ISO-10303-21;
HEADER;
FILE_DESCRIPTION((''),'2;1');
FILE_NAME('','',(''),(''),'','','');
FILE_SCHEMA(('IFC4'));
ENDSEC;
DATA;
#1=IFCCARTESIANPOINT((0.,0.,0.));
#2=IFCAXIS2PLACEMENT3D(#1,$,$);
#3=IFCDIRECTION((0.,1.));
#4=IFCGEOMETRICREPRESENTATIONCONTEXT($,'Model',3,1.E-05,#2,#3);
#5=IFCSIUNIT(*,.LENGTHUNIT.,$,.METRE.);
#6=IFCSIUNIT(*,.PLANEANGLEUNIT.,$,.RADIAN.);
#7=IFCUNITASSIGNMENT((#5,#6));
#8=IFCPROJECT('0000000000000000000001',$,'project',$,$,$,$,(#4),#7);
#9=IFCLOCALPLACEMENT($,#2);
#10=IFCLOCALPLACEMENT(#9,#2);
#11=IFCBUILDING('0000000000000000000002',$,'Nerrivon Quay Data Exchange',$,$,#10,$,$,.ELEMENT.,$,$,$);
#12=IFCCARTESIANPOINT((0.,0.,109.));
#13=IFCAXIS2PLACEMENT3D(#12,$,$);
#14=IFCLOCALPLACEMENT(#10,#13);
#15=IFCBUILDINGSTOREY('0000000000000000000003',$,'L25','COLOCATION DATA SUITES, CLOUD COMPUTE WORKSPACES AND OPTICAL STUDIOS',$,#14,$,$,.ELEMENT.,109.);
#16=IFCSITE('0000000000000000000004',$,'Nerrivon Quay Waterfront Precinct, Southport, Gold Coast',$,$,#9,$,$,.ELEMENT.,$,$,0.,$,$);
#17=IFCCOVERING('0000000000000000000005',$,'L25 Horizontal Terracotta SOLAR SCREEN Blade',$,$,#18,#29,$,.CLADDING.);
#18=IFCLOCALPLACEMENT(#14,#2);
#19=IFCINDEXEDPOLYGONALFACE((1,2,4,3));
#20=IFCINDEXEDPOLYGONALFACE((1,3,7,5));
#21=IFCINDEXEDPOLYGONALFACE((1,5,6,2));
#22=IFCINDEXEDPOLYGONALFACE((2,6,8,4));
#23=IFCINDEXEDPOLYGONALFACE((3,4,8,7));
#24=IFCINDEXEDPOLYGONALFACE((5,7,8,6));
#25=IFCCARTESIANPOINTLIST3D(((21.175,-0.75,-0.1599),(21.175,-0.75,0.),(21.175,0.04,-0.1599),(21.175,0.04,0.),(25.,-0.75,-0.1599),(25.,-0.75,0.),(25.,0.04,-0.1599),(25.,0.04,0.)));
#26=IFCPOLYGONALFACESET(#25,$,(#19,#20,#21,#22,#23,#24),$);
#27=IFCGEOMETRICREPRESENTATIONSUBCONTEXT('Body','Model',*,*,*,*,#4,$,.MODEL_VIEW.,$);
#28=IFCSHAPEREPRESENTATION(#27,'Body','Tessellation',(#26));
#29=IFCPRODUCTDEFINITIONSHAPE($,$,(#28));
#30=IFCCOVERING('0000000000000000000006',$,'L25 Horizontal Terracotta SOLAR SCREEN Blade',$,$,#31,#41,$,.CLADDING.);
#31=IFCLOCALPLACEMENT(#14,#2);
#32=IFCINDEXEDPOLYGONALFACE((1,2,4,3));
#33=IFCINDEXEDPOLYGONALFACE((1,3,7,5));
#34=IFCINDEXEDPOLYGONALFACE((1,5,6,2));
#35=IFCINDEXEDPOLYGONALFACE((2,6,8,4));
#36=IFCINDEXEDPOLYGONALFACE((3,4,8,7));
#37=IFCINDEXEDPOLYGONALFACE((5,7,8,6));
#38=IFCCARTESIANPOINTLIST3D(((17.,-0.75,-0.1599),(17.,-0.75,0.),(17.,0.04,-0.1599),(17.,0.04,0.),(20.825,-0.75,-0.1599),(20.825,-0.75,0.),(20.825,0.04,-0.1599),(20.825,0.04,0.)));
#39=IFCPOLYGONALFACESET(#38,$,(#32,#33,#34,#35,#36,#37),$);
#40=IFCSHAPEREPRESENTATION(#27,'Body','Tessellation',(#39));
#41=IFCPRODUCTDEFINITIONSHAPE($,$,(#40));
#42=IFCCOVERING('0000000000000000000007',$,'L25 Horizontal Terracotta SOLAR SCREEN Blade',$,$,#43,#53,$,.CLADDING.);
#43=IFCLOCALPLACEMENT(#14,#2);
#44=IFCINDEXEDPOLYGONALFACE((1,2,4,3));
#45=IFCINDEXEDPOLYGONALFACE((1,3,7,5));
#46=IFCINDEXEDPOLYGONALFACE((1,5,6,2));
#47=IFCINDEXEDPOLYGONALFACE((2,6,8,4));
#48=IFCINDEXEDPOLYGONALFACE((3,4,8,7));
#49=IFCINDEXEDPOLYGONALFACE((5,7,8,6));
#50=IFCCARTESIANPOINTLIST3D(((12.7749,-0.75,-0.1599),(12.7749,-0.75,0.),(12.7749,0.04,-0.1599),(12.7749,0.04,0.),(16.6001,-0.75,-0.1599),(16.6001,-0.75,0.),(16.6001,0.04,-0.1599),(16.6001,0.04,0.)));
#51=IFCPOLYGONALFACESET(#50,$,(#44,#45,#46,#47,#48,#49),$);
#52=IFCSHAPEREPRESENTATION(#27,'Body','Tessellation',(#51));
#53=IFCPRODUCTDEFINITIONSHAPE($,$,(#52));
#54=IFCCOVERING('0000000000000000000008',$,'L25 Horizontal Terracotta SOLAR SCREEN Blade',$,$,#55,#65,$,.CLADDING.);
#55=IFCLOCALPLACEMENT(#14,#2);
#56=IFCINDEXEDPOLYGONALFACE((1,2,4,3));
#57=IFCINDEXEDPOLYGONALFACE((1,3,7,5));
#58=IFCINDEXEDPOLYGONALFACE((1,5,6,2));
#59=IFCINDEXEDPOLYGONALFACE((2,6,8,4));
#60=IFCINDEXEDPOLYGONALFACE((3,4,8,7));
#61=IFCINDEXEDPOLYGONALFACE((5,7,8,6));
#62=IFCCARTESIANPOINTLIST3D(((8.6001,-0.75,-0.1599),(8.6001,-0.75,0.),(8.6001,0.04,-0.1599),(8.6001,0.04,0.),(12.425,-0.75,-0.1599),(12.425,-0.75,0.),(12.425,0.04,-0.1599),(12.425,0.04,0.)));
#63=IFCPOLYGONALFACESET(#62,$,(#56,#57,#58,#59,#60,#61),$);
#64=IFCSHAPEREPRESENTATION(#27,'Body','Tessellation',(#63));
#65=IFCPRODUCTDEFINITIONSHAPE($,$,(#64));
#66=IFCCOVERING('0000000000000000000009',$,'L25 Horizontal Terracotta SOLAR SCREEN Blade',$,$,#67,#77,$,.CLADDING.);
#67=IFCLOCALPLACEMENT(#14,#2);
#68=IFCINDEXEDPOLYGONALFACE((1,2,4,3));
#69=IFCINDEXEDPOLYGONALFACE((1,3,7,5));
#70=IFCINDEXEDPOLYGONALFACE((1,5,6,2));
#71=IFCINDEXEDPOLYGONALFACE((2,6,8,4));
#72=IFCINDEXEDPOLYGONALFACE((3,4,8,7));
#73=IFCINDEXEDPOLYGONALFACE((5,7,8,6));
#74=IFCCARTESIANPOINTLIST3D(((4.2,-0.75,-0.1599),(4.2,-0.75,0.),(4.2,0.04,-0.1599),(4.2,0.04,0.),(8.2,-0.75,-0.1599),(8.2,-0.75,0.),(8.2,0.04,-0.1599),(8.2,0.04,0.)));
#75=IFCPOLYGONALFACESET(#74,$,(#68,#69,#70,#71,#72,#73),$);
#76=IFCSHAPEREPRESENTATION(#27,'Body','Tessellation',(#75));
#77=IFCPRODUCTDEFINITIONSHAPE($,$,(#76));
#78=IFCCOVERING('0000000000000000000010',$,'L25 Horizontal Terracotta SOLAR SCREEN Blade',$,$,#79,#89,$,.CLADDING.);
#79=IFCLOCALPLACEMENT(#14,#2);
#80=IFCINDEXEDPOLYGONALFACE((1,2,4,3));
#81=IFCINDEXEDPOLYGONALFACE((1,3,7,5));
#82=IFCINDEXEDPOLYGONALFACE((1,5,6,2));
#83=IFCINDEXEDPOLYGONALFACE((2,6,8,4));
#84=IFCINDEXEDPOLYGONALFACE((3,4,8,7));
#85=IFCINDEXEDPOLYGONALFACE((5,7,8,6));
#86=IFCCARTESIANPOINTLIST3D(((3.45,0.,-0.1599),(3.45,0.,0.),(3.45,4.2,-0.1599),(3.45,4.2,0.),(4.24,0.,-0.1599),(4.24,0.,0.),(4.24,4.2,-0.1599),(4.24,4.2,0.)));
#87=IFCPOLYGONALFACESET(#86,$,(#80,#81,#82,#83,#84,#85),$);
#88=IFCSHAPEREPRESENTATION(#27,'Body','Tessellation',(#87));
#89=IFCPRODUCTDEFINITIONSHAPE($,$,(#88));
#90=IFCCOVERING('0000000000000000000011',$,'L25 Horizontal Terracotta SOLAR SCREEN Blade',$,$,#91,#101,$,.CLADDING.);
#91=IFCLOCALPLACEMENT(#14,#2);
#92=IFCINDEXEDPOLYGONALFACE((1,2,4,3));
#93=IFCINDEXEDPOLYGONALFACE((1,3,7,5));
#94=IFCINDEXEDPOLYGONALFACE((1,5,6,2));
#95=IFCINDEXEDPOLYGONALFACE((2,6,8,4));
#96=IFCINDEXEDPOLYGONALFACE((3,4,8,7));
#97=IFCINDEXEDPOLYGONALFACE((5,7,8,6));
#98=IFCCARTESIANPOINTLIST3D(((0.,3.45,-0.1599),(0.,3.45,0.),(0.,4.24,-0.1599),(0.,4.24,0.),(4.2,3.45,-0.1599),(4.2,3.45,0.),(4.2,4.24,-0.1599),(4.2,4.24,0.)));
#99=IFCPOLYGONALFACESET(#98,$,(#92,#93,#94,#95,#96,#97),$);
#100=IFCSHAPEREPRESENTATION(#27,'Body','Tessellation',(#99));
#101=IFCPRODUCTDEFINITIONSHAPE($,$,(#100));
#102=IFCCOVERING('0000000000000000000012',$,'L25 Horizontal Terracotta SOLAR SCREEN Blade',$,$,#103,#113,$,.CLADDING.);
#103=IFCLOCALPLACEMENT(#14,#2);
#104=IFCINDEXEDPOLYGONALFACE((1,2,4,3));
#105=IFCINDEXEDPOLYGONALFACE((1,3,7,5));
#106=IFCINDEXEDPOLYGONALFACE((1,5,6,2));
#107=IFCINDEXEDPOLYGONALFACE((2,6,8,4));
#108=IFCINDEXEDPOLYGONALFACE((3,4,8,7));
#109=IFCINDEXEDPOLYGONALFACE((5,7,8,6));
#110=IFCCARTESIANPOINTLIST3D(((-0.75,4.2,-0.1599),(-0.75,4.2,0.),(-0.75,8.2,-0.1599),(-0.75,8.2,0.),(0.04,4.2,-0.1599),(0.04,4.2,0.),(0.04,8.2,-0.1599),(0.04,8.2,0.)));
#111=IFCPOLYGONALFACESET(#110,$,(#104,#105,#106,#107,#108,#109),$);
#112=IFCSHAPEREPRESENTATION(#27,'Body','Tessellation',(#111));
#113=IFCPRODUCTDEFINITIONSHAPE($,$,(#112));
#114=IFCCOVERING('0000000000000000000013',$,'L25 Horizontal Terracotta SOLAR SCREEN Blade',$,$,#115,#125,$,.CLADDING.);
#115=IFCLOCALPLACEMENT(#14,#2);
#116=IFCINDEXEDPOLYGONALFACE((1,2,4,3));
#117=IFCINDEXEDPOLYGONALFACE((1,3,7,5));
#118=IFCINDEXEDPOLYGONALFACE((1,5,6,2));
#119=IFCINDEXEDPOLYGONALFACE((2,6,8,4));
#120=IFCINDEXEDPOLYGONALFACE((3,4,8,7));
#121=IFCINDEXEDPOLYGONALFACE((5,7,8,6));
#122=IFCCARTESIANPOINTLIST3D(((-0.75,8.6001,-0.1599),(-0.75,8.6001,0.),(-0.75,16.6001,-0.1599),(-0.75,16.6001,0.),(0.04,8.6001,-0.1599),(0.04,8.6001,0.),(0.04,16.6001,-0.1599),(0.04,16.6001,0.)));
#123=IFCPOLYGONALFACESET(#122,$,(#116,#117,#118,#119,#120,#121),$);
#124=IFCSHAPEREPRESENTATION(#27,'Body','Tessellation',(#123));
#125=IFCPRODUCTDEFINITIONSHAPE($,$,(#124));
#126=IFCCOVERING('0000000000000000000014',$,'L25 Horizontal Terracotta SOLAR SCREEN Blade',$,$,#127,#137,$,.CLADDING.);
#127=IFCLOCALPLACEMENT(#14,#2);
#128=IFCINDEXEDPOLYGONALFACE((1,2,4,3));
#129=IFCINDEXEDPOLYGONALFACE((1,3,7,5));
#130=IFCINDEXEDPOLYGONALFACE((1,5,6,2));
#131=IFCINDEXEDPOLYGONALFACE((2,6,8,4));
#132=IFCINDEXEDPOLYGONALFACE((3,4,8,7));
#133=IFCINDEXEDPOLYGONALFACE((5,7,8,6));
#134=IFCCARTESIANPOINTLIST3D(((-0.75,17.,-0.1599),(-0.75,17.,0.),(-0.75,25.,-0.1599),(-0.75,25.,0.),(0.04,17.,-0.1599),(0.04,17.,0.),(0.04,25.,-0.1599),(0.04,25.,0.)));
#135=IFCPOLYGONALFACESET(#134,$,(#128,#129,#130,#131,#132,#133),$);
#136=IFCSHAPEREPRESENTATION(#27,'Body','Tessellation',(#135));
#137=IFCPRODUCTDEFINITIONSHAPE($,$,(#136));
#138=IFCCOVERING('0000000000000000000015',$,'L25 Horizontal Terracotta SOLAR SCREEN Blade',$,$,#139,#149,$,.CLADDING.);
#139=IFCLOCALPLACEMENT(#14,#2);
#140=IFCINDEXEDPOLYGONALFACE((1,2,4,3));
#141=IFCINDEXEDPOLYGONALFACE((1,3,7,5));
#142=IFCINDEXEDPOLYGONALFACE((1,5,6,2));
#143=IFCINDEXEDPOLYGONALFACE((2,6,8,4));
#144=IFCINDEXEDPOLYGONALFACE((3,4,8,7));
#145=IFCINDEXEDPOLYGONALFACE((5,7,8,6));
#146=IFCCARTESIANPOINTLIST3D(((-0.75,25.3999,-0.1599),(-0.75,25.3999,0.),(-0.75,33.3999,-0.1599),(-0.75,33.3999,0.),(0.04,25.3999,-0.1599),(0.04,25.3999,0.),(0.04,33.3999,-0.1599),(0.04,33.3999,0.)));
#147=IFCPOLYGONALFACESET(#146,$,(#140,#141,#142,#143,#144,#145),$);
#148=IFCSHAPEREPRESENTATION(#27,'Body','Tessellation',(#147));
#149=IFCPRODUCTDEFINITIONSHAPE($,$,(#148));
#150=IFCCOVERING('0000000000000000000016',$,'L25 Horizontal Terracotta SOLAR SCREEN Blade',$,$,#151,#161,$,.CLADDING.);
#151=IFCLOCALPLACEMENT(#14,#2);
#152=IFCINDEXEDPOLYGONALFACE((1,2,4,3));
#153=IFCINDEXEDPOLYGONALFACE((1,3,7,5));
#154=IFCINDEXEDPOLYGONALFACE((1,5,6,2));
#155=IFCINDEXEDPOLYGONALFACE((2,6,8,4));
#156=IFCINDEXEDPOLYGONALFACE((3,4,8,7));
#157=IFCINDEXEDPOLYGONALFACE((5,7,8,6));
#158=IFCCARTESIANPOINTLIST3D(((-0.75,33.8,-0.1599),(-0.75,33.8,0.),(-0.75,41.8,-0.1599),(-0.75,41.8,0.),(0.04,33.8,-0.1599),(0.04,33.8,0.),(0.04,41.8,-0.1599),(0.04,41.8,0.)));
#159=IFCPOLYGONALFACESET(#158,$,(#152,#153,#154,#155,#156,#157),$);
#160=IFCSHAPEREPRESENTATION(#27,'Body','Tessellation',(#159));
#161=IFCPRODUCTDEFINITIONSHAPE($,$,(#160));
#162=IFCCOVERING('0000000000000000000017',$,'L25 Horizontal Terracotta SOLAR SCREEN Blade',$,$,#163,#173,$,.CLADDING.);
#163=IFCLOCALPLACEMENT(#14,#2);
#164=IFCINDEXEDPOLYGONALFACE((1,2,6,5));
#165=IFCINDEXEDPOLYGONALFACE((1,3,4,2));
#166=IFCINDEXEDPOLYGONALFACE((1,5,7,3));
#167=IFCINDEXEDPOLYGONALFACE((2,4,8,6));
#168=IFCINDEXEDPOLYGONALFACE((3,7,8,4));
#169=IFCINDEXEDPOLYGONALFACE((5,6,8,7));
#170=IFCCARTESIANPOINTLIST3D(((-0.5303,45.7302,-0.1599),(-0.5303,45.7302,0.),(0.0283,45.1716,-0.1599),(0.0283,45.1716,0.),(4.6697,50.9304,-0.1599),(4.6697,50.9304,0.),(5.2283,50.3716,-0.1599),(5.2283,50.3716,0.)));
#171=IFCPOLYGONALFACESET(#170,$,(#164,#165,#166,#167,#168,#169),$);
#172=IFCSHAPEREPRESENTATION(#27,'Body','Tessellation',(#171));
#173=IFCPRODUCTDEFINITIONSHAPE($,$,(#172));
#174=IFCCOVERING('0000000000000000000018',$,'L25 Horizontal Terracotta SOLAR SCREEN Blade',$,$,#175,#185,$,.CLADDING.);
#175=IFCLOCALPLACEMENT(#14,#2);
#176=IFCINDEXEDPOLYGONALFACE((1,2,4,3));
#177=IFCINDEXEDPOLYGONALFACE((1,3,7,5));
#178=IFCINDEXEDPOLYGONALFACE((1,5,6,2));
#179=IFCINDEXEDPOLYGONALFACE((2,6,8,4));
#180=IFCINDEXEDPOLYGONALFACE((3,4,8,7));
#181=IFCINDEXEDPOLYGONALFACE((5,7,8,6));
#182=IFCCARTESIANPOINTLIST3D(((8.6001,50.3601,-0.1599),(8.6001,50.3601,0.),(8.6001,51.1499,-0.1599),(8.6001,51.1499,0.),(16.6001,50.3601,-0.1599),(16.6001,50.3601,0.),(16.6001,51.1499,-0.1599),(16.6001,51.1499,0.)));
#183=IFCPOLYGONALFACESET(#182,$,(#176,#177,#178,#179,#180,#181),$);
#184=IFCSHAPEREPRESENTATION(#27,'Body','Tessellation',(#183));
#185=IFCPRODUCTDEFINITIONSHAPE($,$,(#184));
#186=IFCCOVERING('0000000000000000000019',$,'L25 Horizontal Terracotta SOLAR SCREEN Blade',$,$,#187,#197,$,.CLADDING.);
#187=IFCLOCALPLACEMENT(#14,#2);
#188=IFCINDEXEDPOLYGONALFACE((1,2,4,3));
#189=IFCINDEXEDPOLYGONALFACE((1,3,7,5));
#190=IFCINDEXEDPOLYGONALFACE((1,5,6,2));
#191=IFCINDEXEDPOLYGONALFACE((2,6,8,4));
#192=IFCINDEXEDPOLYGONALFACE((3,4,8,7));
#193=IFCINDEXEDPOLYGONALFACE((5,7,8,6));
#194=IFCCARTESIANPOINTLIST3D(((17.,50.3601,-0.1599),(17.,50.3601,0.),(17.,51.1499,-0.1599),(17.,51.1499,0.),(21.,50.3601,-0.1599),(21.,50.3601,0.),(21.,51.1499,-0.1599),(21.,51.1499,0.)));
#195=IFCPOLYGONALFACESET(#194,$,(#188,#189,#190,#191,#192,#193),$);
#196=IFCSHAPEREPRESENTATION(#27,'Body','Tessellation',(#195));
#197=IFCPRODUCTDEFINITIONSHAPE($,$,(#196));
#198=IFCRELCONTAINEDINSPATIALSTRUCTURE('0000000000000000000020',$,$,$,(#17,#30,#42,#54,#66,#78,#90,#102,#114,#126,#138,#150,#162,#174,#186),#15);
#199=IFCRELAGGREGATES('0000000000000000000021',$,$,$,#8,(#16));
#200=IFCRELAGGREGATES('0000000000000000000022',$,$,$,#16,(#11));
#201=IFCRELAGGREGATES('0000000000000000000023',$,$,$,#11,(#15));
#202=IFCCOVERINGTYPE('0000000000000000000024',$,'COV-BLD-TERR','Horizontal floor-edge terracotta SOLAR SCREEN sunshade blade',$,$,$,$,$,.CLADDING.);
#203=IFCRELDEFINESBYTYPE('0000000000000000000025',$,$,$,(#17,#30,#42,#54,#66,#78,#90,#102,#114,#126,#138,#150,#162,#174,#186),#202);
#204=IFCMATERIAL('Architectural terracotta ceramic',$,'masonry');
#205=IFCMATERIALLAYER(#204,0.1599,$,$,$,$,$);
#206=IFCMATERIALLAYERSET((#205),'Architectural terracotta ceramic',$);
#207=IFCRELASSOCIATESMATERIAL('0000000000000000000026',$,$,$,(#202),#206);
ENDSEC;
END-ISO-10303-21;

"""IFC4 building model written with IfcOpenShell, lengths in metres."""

from ifc_helpers import new_model, si_unit, direction, frame, origin, place, context, subcontext, project, spatial, polyline, outline, extrude, material, layer, layer_set, type_object, element, save


model = new_model("IFC4")

# Units and contexts
model_context = context("Model", 3, precision=1e-05, world=origin(), true_north=direction((0.0, 1.0)))
body_context = subcontext(model_context, "Body", "Model", "MODEL_VIEW")
ifc_project = project(units=[si_unit("LENGTHUNIT", "METRE"), si_unit("PLANEANGLEUNIT", "RADIAN")], contexts=[model_context])

# Site, building, storey
site_placement = place(None, origin())
site = spatial("IfcSite", under=ifc_project, at=site_placement, Name="Nerrivon Quay Waterfront Precinct, Southport, Gold Coast", CompositionType="ELEMENT", RefElevation=0.0)
building_placement = place(site_placement, origin())
building = spatial("IfcBuilding", under=site, at=building_placement, Name="Nerrivon Quay Data Exchange", CompositionType="ELEMENT")
storey_placement = place(building_placement, frame((0.0, 0.0, 109.0)))
storey = spatial("IfcBuildingStorey", under=building, at=storey_placement, Name="L25", Description="COLOCATION DATA SUITES, CLOUD COMPUTE WORKSPACES AND OPTICAL STUDIOS", CompositionType="ELEMENT", Elevation=109.0)

# Coverings
ifc_material_1 = material(Name="Architectural terracotta ceramic", Category="masonry")
ifc_layer_1 = layer(ifc_material_1, 0.1599)
ifc_layer_set_1 = layer_set([ifc_layer_1], Name="Architectural terracotta ceramic")
covering_type = type_object("IfcCoveringType", Name="COV-BLD-TERR", Description="Horizontal floor-edge terracotta SOLAR SCREEN sunshade blade", PredefinedType="CLADDING", material=ifc_layer_set_1)
covering_1_placement = place(storey_placement, frame((0.0, 0.0, -0.1599)))
element("IfcCovering", 1, at=covering_1_placement, inside=storey, type_object=covering_type, Name="L25 Horizontal Terracotta SOLAR SCREEN Blade", PredefinedType="CLADDING", context=body_context, shape_type="SweptSolid", body=[
    extrude(outline(polyline([(25.0, 0.04), (21.175, 0.04), (21.175, -0.75), (25.0, -0.75), (25.0, 0.04)])), origin(), (0.0, 0.0, 1.0), 0.1599),
])
covering_2_placement = place(storey_placement, frame((0.0, 0.0, -0.1599)))
element("IfcCovering", 2, at=covering_2_placement, inside=storey, type_object=covering_type, Name="L25 Horizontal Terracotta SOLAR SCREEN Blade", PredefinedType="CLADDING", context=body_context, shape_type="SweptSolid", body=[
    extrude(outline(polyline([(20.825, 0.04), (17.0, 0.04), (17.0, -0.75), (20.825, -0.75), (20.825, 0.04)])), origin(), (0.0, 0.0, 1.0), 0.1599),
])
covering_3_placement = place(storey_placement, frame((0.0, 0.0, -0.1599)))
element("IfcCovering", 3, at=covering_3_placement, inside=storey, type_object=covering_type, Name="L25 Horizontal Terracotta SOLAR SCREEN Blade", PredefinedType="CLADDING", context=body_context, shape_type="SweptSolid", body=[
    extrude(outline(polyline([(16.6001, 0.04), (12.7749, 0.04), (12.7749, -0.75), (16.6001, -0.75), (16.6001, 0.04)])), origin(), (0.0, 0.0, 1.0), 0.1599),
])
covering_4_placement = place(storey_placement, frame((0.0, 0.0, -0.1599)))
element("IfcCovering", 4, at=covering_4_placement, inside=storey, type_object=covering_type, Name="L25 Horizontal Terracotta SOLAR SCREEN Blade", PredefinedType="CLADDING", context=body_context, shape_type="SweptSolid", body=[
    extrude(outline(polyline([(12.425, 0.04), (8.6001, 0.04), (8.6001, -0.75), (12.425, -0.75), (12.425, 0.04)])), origin(), (0.0, 0.0, 1.0), 0.1599),
])
covering_5_placement = place(storey_placement, frame((0.0, 0.0, -0.1599)))
element("IfcCovering", 5, at=covering_5_placement, inside=storey, type_object=covering_type, Name="L25 Horizontal Terracotta SOLAR SCREEN Blade", PredefinedType="CLADDING", context=body_context, shape_type="SweptSolid", body=[
    extrude(outline(polyline([(8.2, 0.04), (4.2, 0.04), (4.2, -0.75), (8.2, -0.75), (8.2, 0.04)])), origin(), (0.0, 0.0, 1.0), 0.1599),
])
covering_6_placement = place(storey_placement, frame((0.0, 0.0, -0.1599)))
element("IfcCovering", 6, at=covering_6_placement, inside=storey, type_object=covering_type, Name="L25 Horizontal Terracotta SOLAR SCREEN Blade", PredefinedType="CLADDING", context=body_context, shape_type="SweptSolid", body=[
    extrude(outline(polyline([(4.24, 0.0), (4.24, 4.2), (3.45, 4.2), (3.45, 0.0), (4.24, 0.0)])), origin(), (0.0, 0.0, 1.0), 0.1599),
])
covering_7_placement = place(storey_placement, frame((0.0, 0.0, -0.1599)))
element("IfcCovering", 7, at=covering_7_placement, inside=storey, type_object=covering_type, Name="L25 Horizontal Terracotta SOLAR SCREEN Blade", PredefinedType="CLADDING", context=body_context, shape_type="SweptSolid", body=[
    extrude(outline(polyline([(4.2, 4.24), (0.0, 4.24), (0.0, 3.45), (4.2, 3.45), (4.2, 4.24)])), origin(), (0.0, 0.0, 1.0), 0.1599),
])
covering_8_placement = place(storey_placement, frame((0.0, 0.0, -0.1599)))
element("IfcCovering", 8, at=covering_8_placement, inside=storey, type_object=covering_type, Name="L25 Horizontal Terracotta SOLAR SCREEN Blade", PredefinedType="CLADDING", context=body_context, shape_type="SweptSolid", body=[
    extrude(outline(polyline([(0.04, 4.2), (0.04, 8.2), (-0.75, 8.2), (-0.75, 4.2), (0.04, 4.2)])), origin(), (0.0, 0.0, 1.0), 0.1599),
])
covering_9_placement = place(storey_placement, frame((0.0, 0.0, -0.1599)))
element("IfcCovering", 9, at=covering_9_placement, inside=storey, type_object=covering_type, Name="L25 Horizontal Terracotta SOLAR SCREEN Blade", PredefinedType="CLADDING", context=body_context, shape_type="SweptSolid", body=[
    extrude(outline(polyline([(0.04, 8.6001), (0.04, 16.6001), (-0.75, 16.6001), (-0.75, 8.6001), (0.04, 8.6001)])), origin(), (0.0, 0.0, 1.0), 0.1599),
])
covering_10_placement = place(storey_placement, frame((0.0, 0.0, -0.1599)))
element("IfcCovering", 10, at=covering_10_placement, inside=storey, type_object=covering_type, Name="L25 Horizontal Terracotta SOLAR SCREEN Blade", PredefinedType="CLADDING", context=body_context, shape_type="SweptSolid", body=[
    extrude(outline(polyline([(0.04, 17.0), (0.04, 25.0), (-0.75, 25.0), (-0.75, 17.0), (0.04, 17.0)])), origin(), (0.0, 0.0, 1.0), 0.1599),
])
covering_11_placement = place(storey_placement, frame((0.0, 0.0, -0.1599)))
element("IfcCovering", 11, at=covering_11_placement, inside=storey, type_object=covering_type, Name="L25 Horizontal Terracotta SOLAR SCREEN Blade", PredefinedType="CLADDING", context=body_context, shape_type="SweptSolid", body=[
    extrude(outline(polyline([(0.04, 25.3999), (0.04, 33.3999), (-0.75, 33.3999), (-0.75, 25.3999), (0.04, 25.3999)])), origin(), (0.0, 0.0, 1.0), 0.1599),
])
covering_12_placement = place(storey_placement, frame((0.0, 0.0, -0.1599)))
element("IfcCovering", 12, at=covering_12_placement, inside=storey, type_object=covering_type, Name="L25 Horizontal Terracotta SOLAR SCREEN Blade", PredefinedType="CLADDING", context=body_context, shape_type="SweptSolid", body=[
    extrude(outline(polyline([(0.04, 33.8), (0.04, 41.8), (-0.75, 41.8), (-0.75, 33.8), (0.04, 33.8)])), origin(), (0.0, 0.0, 1.0), 0.1599),
])
covering_13_placement = place(storey_placement, frame((0.0, 0.0, -0.1599)))
element("IfcCovering", 13, at=covering_13_placement, inside=storey, type_object=covering_type, Name="L25 Horizontal Terracotta SOLAR SCREEN Blade", PredefinedType="CLADDING", context=body_context, shape_type="SweptSolid", body=[
    extrude(outline(polyline([(0.0283, 45.1716), (5.2283, 50.3716), (4.6697, 50.9304), (-0.5303, 45.7302), (0.0283, 45.1716)])), origin(), (0.0, 0.0, 1.0), 0.1599),
])
covering_14_placement = place(storey_placement, frame((0.0, 0.0, -0.1599)))
element("IfcCovering", 14, at=covering_14_placement, inside=storey, type_object=covering_type, Name="L25 Horizontal Terracotta SOLAR SCREEN Blade", PredefinedType="CLADDING", context=body_context, shape_type="SweptSolid", body=[
    extrude(outline(polyline([(8.6001, 50.3601), (16.6001, 50.3601), (16.6001, 51.1499), (8.6001, 51.1499), (8.6001, 50.3601)])), origin(), (0.0, 0.0, 1.0), 0.1599),
])
covering_15_placement = place(storey_placement, frame((0.0, 0.0, -0.1599)))
element("IfcCovering", 15, at=covering_15_placement, inside=storey, type_object=covering_type, Name="L25 Horizontal Terracotta SOLAR SCREEN Blade", PredefinedType="CLADDING", context=body_context, shape_type="SweptSolid", body=[
    extrude(outline(polyline([(17.0, 50.3601), (21.0, 50.3601), (21.0, 51.1499), (17.0, 51.1499), (17.0, 50.3601)])), origin(), (0.0, 0.0, 1.0), 0.1599),
])

save(model, "model.ifc")
